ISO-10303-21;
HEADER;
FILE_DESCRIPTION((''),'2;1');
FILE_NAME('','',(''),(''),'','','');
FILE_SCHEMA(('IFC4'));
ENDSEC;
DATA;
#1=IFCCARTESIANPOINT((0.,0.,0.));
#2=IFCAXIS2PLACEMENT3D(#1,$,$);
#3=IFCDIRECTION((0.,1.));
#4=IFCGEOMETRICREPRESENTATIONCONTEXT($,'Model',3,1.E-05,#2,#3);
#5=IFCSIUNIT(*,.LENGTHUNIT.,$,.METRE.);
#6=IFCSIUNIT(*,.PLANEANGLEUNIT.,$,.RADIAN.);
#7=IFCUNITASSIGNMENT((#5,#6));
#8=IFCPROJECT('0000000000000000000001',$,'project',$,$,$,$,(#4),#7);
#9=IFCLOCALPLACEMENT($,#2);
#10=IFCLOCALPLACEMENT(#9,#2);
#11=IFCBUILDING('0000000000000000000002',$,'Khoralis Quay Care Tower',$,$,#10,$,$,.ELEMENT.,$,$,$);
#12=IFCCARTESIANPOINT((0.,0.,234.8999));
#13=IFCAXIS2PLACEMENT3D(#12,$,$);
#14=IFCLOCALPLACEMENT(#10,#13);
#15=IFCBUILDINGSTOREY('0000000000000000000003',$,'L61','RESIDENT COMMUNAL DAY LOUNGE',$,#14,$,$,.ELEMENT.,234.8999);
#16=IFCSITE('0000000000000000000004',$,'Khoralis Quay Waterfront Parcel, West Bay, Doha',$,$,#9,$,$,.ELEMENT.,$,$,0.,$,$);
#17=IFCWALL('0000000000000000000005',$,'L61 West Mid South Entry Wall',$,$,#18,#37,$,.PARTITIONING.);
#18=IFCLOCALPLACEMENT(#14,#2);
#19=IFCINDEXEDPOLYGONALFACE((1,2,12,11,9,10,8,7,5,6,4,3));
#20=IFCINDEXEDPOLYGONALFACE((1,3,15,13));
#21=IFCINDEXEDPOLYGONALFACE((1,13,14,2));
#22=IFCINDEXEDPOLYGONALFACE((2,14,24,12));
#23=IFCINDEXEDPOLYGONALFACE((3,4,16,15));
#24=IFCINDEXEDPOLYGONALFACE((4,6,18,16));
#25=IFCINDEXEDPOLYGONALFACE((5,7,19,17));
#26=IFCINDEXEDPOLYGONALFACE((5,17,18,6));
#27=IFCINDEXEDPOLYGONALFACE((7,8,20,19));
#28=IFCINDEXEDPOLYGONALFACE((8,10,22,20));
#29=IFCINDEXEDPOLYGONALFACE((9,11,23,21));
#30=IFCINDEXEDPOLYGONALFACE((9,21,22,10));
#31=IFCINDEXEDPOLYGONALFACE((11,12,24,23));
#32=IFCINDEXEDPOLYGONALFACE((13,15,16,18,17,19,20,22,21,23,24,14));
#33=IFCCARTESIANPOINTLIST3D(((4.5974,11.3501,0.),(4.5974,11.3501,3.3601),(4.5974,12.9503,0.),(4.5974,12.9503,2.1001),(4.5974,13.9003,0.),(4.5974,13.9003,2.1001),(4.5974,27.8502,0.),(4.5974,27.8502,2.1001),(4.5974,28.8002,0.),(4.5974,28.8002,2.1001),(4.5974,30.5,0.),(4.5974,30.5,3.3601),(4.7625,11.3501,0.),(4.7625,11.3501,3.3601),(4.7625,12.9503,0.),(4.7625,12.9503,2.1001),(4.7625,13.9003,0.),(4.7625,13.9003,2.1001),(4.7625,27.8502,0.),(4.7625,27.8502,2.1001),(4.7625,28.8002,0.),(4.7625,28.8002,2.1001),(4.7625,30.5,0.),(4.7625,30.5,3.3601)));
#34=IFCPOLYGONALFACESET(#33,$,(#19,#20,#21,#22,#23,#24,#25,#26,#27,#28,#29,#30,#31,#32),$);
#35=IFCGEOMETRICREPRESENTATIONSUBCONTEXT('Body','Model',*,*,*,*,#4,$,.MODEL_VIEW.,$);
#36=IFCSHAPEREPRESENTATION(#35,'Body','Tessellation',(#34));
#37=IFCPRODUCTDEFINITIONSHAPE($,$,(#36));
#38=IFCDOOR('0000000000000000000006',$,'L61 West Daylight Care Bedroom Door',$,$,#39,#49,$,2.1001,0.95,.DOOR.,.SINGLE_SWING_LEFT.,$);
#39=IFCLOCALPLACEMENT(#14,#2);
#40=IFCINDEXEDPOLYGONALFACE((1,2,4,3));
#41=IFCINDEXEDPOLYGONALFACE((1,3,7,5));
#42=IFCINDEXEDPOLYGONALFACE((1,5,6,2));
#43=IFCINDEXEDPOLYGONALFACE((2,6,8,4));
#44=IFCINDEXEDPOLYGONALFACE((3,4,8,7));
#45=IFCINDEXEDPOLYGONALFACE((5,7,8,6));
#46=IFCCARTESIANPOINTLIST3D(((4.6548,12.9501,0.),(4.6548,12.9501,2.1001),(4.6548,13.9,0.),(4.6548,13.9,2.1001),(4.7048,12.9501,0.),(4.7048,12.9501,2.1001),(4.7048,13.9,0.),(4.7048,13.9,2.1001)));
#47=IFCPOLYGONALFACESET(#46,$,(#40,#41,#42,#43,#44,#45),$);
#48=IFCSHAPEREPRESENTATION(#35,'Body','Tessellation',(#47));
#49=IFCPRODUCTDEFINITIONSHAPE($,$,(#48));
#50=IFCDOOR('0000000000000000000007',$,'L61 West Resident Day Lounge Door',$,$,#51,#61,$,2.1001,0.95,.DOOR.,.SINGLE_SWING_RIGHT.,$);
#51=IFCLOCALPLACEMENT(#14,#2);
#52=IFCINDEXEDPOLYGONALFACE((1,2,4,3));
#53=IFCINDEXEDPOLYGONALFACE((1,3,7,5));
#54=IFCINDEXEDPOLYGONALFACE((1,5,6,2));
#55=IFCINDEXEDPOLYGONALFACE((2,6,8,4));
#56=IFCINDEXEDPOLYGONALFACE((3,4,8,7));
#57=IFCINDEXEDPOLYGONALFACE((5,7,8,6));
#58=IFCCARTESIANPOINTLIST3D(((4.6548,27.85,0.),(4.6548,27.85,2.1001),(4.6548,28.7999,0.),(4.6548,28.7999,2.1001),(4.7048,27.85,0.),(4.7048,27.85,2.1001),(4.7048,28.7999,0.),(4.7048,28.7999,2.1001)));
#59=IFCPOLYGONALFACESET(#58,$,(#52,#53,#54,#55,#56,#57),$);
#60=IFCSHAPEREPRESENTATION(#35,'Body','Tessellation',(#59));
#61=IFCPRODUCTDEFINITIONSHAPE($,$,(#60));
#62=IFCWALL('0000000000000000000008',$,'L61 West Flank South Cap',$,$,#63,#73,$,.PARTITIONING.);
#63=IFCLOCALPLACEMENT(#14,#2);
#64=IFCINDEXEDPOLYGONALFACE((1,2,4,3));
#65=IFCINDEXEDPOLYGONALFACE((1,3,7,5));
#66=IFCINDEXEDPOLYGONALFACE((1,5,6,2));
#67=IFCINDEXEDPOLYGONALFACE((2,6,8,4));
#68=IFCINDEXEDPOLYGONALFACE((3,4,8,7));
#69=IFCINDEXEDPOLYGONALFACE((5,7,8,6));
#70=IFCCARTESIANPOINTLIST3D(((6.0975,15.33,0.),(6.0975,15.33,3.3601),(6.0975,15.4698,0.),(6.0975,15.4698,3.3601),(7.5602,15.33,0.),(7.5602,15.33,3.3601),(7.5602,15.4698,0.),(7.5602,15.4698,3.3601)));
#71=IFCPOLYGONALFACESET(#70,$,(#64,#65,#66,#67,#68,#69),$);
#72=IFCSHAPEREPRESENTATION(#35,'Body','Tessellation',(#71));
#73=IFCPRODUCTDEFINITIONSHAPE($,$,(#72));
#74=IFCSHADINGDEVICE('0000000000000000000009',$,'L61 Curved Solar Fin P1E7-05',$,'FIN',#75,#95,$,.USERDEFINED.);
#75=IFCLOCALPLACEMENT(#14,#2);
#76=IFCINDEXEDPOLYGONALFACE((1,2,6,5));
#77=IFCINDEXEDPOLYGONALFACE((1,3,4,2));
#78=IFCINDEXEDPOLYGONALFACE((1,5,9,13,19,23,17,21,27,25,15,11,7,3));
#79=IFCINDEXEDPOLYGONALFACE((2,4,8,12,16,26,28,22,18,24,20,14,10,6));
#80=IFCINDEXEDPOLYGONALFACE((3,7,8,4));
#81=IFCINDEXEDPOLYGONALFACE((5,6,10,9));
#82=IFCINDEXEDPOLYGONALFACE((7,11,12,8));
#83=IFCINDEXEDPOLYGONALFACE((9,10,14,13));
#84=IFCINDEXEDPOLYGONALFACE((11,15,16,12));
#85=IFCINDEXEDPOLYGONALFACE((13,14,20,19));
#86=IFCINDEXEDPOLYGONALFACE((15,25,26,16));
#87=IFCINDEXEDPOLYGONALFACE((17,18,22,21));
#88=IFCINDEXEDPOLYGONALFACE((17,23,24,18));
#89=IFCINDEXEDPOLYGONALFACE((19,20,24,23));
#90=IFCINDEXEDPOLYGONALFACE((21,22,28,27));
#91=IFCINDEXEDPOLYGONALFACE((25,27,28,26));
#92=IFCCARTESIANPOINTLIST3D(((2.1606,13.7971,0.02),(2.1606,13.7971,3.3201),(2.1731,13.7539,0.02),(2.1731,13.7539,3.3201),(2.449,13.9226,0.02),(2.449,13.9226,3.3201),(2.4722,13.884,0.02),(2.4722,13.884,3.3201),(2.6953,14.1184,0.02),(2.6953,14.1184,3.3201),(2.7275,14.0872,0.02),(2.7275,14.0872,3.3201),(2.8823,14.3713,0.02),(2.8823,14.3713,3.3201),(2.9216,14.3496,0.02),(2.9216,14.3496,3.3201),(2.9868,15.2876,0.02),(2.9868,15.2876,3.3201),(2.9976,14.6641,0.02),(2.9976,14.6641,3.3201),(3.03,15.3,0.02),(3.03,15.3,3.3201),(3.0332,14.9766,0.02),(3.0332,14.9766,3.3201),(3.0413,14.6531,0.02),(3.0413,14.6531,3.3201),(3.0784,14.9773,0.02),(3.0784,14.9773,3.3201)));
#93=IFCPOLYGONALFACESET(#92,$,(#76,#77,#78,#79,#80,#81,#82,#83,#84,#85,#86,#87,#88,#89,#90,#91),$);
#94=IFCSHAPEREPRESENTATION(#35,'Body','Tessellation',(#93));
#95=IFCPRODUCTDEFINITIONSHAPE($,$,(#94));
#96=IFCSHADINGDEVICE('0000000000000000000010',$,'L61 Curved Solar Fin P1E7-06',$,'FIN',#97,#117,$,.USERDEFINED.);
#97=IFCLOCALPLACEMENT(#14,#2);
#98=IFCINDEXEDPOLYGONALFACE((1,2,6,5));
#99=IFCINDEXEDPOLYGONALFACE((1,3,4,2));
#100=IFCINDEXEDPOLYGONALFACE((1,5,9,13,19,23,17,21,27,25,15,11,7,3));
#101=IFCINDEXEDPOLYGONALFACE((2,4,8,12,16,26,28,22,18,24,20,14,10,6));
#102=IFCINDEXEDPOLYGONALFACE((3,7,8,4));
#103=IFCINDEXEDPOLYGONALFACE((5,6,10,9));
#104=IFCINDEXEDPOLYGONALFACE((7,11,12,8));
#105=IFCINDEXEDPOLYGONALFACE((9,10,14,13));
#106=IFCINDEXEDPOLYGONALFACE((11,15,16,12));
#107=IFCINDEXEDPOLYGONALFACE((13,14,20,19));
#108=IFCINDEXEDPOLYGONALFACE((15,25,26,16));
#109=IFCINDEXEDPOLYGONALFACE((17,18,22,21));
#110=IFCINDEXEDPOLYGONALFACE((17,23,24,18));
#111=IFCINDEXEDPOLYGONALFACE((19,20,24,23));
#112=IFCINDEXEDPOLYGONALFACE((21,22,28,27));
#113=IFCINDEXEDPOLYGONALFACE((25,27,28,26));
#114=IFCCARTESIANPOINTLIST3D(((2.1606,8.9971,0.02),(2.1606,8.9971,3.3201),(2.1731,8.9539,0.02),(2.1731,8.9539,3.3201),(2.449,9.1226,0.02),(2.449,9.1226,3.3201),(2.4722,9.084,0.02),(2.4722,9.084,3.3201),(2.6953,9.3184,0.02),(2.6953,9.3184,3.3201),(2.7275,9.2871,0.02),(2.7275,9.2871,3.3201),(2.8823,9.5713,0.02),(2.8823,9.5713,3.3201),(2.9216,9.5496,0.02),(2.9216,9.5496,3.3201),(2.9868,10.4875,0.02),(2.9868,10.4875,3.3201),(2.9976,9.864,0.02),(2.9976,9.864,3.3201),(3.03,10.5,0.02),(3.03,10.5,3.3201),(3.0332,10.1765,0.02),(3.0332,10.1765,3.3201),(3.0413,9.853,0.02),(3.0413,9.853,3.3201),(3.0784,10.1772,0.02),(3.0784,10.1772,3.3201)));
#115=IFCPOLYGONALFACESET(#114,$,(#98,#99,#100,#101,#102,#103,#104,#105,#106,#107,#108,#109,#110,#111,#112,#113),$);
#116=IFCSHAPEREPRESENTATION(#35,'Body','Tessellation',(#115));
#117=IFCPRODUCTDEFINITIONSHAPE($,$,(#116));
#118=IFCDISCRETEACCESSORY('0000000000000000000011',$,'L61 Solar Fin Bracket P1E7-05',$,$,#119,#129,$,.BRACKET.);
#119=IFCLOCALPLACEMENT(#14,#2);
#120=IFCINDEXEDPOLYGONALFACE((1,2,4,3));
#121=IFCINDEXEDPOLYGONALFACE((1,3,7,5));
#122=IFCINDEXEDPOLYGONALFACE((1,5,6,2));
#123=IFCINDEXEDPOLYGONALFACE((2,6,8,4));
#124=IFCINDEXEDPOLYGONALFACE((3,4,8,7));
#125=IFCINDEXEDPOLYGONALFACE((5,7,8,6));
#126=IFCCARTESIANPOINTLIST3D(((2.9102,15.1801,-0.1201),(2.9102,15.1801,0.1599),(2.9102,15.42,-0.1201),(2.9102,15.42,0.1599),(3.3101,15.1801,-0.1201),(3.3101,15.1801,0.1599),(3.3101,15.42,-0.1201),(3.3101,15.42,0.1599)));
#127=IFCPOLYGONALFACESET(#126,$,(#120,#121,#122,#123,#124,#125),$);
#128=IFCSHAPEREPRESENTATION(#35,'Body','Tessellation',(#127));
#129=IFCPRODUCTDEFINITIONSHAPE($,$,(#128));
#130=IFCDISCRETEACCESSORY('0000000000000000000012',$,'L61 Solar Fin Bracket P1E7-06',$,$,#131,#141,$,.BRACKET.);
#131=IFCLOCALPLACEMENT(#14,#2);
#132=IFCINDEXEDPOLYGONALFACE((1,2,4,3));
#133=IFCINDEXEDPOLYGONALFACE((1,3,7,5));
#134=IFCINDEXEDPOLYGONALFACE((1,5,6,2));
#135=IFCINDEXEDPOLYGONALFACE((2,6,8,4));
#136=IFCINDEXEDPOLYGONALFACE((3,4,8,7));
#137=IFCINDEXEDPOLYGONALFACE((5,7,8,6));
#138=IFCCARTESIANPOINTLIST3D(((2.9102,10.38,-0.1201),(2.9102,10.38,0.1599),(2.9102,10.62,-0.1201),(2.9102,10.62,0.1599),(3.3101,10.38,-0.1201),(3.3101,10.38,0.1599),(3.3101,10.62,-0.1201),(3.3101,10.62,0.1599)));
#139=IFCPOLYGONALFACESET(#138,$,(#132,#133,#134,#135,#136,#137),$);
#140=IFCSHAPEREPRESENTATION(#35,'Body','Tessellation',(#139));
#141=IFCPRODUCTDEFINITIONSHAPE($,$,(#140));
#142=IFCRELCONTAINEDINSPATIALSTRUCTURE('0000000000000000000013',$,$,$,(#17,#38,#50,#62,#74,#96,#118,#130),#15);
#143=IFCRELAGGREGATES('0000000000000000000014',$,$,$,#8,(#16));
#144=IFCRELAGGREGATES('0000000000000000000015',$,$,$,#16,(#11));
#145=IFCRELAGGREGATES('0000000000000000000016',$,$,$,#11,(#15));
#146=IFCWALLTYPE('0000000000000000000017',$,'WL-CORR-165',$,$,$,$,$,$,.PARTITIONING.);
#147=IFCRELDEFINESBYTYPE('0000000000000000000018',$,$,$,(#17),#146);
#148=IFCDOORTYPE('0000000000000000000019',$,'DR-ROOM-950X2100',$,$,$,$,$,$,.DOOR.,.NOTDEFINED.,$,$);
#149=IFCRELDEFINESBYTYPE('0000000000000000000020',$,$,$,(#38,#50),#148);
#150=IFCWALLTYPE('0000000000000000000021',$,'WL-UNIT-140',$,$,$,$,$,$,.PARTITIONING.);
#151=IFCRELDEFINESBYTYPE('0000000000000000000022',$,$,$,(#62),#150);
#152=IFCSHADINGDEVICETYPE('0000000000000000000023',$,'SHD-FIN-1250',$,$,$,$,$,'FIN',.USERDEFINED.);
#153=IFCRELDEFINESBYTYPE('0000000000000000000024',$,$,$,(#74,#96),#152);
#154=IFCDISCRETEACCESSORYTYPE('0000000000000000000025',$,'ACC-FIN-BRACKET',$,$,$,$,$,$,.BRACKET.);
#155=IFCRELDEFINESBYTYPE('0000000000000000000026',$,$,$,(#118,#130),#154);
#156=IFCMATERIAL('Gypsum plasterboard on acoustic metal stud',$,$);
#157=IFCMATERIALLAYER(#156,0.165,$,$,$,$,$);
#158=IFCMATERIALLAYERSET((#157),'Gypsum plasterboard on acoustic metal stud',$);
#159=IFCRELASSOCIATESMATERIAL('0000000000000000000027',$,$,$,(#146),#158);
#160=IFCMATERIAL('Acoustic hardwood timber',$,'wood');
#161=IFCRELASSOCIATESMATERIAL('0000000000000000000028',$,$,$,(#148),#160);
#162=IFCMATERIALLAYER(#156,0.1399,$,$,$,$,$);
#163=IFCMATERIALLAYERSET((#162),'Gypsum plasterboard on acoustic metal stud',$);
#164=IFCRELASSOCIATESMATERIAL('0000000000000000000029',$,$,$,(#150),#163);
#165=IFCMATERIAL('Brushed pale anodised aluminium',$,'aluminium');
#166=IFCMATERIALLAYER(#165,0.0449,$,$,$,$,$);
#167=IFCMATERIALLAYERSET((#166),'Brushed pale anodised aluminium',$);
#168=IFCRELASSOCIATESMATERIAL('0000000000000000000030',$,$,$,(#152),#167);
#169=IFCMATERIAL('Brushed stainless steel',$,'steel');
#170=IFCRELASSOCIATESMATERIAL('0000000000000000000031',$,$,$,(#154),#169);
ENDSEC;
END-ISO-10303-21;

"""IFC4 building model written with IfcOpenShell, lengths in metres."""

from ifc_helpers import new_model, si_unit, direction, frame, frame_2d, origin, origin_2d, place, context, subcontext, project, spatial, polyline, rectangle, outline, extrude, source, transform, mapped, material, layer, layer_set, type_object, element, fill, save


model = new_model("IFC4")

# Units and contexts
model_context = context("Model", 3, precision=1e-05, world=origin(), true_north=direction((0.0, 1.0)))
body_context = subcontext(model_context, "Body", "Model", "MODEL_VIEW")
ifc_project = project(units=[si_unit("LENGTHUNIT", "METRE"), si_unit("PLANEANGLEUNIT", "RADIAN")], contexts=[model_context])

# Site, building, storey
site_placement = place(None, origin())
site = spatial("IfcSite", under=ifc_project, at=site_placement, Name="Khoralis Quay Waterfront Parcel, West Bay, Doha", CompositionType="ELEMENT", RefElevation=0.0)
building_placement = place(site_placement, origin())
building = spatial("IfcBuilding", under=site, at=building_placement, Name="Khoralis Quay Care Tower", CompositionType="ELEMENT")
storey_placement = place(building_placement, frame((0.0, 0.0, 234.8999)))
storey = spatial("IfcBuildingStorey", under=building, at=storey_placement, Name="L61", Description="RESIDENT COMMUNAL DAY LOUNGE", CompositionType="ELEMENT", Elevation=234.8999)

# Wall, openings, doors
ifc_material_1 = material(Name="Gypsum plasterboard on acoustic metal stud")
ifc_layer_1 = layer(ifc_material_1, 0.165)
ifc_layer_set_1 = layer_set([ifc_layer_1], Name="Gypsum plasterboard on acoustic metal stud")
wall_type_1 = type_object("IfcWallType", Name="WL-CORR-165", PredefinedType="PARTITIONING", material=ifc_layer_set_1)
ifc_material_2 = material(Name="Acoustic hardwood timber", Category="wood")
door_type_1 = type_object("IfcDoorType", Name="DR-ROOM-950X2100", OperationType="NOTDEFINED", PredefinedType="DOOR", material=ifc_material_2)
shared_shape_1 = source(origin(), body_context, "Body", "SweptSolid", [
    extrude(rectangle(XDim=0.95, YDim=2.1001, at=frame_2d((0.4751, 1.05))), frame((0.0, 0.0249, 0.0), z_axis=(0.0, -1.0, 0.0), x_axis=(1.0, 0.0, 0.0)), (0.0, 0.0, 1.0), 0.05),
])
wall_1_placement = place(storey_placement, frame((4.6799, 11.3501, 0.0), z_axis=(0.0, 0.0, 1.0), x_axis=(0.0, 1.0, 0.0)))
wall_1 = element("IfcWall", 1, at=wall_1_placement, inside=storey, type_object=wall_type_1, Name="L61 West Mid South Entry Wall", PredefinedType="PARTITIONING", context=body_context, shape_type="SweptSolid", body=[
    extrude(rectangle(XDim=19.1499, YDim=0.165, at=frame_2d((9.575, 0.0))), origin(), (0.0, 0.0, 1.0), 3.3601),
])
opening_1_placement = place(wall_1_placement, frame((1.6001, 0.0, 0.0)))
opening_1 = element("IfcOpeningElement", 2, at=opening_1_placement, cuts=wall_1, PredefinedType="OPENING", context=body_context, shape_type="SweptSolid", body=[
    extrude(rectangle(XDim=0.95, YDim=2.1001, at=frame_2d((0.4751, 1.05))), frame((0.0, 0.0925, 0.0), z_axis=(0.0, -1.0, 0.0), x_axis=(1.0, 0.0, 0.0)), (0.0, 0.0, 1.0), 0.1851),
])
opening_2_placement = place(wall_1_placement, frame((16.5, 0.0, 0.0)))
opening_2 = element("IfcOpeningElement", 3, at=opening_2_placement, cuts=wall_1, PredefinedType="OPENING", context=body_context, shape_type="SweptSolid", body=[
    extrude(rectangle(XDim=0.95, YDim=2.1001, at=frame_2d((0.4751, 1.05))), frame((0.0, 0.0925, 0.0), z_axis=(0.0, -1.0, 0.0), x_axis=(1.0, 0.0, 0.0)), (0.0, 0.0, 1.0), 0.1851),
])
door_1_placement = place(opening_1_placement, frame((0.95, 0.0, 0.0), z_axis=(0.0, 0.0, 1.0), x_axis=(-1.0, 0.0, 0.0)))
door_1 = element("IfcDoor", 4, at=door_1_placement, inside=storey, type_object=door_type_1, Name="L61 West Daylight Care Bedroom Door", OperationType="SINGLE_SWING_LEFT", OverallHeight=2.1001, OverallWidth=0.95, PredefinedType="DOOR", context=body_context, shape_type="MappedRepresentation", body=[
    mapped(shared_shape_1, transform((0.0, 0.0, 0.0), scale=1.0)),
])
fill(opening_1, door_1)
door_2_placement = place(opening_2_placement, frame((0.95, 0.0, 0.0), z_axis=(0.0, 0.0, 1.0), x_axis=(-1.0, 0.0, 0.0)))
door_2 = element("IfcDoor", 5, at=door_2_placement, inside=storey, type_object=door_type_1, Name="L61 West Resident Day Lounge Door", OperationType="SINGLE_SWING_RIGHT", OverallHeight=2.1001, OverallWidth=0.95, PredefinedType="DOOR", context=body_context, shape_type="MappedRepresentation", body=[
    mapped(shared_shape_1, transform((0.0, 0.0, 0.0), scale=1.0)),
])
fill(opening_2, door_2)

# Wall
ifc_layer_2 = layer(ifc_material_1, 0.1399)
ifc_layer_set_2 = layer_set([ifc_layer_2], Name="Gypsum plasterboard on acoustic metal stud")
wall_type_2 = type_object("IfcWallType", Name="WL-UNIT-140", PredefinedType="PARTITIONING", material=ifc_layer_set_2)
wall_2_placement = place(storey_placement, frame((6.0974, 15.3999, 0.0), z_axis=(0.0, 0.0, 1.0), x_axis=(1.0, 0.0, 0.0)))
element("IfcWall", 6, at=wall_2_placement, inside=storey, type_object=wall_type_2, Name="L61 West Flank South Cap", PredefinedType="PARTITIONING", context=body_context, shape_type="SweptSolid", body=[
    extrude(rectangle(XDim=1.4626, YDim=0.1399, at=frame_2d((0.7314, 0.0))), origin(), (0.0, 0.0, 1.0), 3.3601),
])

# Shading devices
ifc_material_3 = material(Name="Brushed pale anodised aluminium", Category="aluminium")
ifc_layer_3 = layer(ifc_material_3, 0.0449)
ifc_layer_set_3 = layer_set([ifc_layer_3], Name="Brushed pale anodised aluminium")
shading_device_type = type_object("IfcShadingDeviceType", Name="SHD-FIN-1250", ElementType="FIN", PredefinedType="USERDEFINED", material=ifc_layer_set_3)
shared_shape_2 = source(origin(), body_context, "Body", "SweptSolid", [
    extrude(outline(polyline([(0.0, 0.0), (-0.0483, 0.3228), (-0.0112, 0.647), (0.1084, 0.9504), (0.3025, 1.2129), (0.5579, 1.416), (0.8569, 1.5461), (0.8694, 1.5029), (0.5811, 1.3774), (0.3347, 1.1816), (0.1477, 0.9287), (0.0325, 0.636), (-0.0032, 0.3235), (0.0432, 0.0125), (0.0, 0.0)])), origin(), (0.0, 0.0, 1.0), 3.3),
])
for number, where, z_axis, x_axis, name in (
    (7, (3.03, 15.3, 0.02), (0.0, 0.0, 1.0), (-1.0, 0.0, 0.0), "L61 Curved Solar Fin P1E7-05"),
    (8, (3.03, 10.5, 0.02), (0.0, 0.0, 1.0), (-1.0, 0.0, 0.0), "L61 Curved Solar Fin P1E7-06"),
):
    element("IfcShadingDevice", number, at=place(storey_placement, frame(where, z_axis=z_axis, x_axis=x_axis)), inside=storey, type_object=shading_device_type, Name=name, ObjectType="FIN", PredefinedType="USERDEFINED", context=body_context, shape_type="MappedRepresentation", body=[
        mapped(shared_shape_2, transform((0.0, 0.0, 0.0), scale=1.0)),
    ])

# Discrete accessories
ifc_material_4 = material(Name="Brushed stainless steel", Category="steel")
discrete_accessory_type = type_object("IfcDiscreteAccessoryType", Name="ACC-FIN-BRACKET", PredefinedType="BRACKET", material=ifc_material_4)
shared_shape_3 = source(origin(), body_context, "Body", "SweptSolid", [
    extrude(rectangle(XDim=0.3999, YDim=0.24, at=origin_2d()), origin(), (0.0, 0.0, 1.0), 0.28),
])
for number, where, z_axis, x_axis, name in (
    (9, (3.1101, 15.3, -0.1201), (0.0, 0.0, 1.0), (-1.0, 0.0, 0.0), "L61 Solar Fin Bracket P1E7-05"),
    (10, (3.1101, 10.5, -0.1201), (0.0, 0.0, 1.0), (-1.0, 0.0, 0.0), "L61 Solar Fin Bracket P1E7-06"),
):
    element("IfcDiscreteAccessory", number, at=place(storey_placement, frame(where, z_axis=z_axis, x_axis=x_axis)), inside=storey, type_object=discrete_accessory_type, Name=name, PredefinedType="BRACKET", context=body_context, shape_type="MappedRepresentation", body=[
        mapped(shared_shape_3, transform((0.0, 0.0, 0.0), scale=1.0)),
    ])

save(model, "model.ifc")
